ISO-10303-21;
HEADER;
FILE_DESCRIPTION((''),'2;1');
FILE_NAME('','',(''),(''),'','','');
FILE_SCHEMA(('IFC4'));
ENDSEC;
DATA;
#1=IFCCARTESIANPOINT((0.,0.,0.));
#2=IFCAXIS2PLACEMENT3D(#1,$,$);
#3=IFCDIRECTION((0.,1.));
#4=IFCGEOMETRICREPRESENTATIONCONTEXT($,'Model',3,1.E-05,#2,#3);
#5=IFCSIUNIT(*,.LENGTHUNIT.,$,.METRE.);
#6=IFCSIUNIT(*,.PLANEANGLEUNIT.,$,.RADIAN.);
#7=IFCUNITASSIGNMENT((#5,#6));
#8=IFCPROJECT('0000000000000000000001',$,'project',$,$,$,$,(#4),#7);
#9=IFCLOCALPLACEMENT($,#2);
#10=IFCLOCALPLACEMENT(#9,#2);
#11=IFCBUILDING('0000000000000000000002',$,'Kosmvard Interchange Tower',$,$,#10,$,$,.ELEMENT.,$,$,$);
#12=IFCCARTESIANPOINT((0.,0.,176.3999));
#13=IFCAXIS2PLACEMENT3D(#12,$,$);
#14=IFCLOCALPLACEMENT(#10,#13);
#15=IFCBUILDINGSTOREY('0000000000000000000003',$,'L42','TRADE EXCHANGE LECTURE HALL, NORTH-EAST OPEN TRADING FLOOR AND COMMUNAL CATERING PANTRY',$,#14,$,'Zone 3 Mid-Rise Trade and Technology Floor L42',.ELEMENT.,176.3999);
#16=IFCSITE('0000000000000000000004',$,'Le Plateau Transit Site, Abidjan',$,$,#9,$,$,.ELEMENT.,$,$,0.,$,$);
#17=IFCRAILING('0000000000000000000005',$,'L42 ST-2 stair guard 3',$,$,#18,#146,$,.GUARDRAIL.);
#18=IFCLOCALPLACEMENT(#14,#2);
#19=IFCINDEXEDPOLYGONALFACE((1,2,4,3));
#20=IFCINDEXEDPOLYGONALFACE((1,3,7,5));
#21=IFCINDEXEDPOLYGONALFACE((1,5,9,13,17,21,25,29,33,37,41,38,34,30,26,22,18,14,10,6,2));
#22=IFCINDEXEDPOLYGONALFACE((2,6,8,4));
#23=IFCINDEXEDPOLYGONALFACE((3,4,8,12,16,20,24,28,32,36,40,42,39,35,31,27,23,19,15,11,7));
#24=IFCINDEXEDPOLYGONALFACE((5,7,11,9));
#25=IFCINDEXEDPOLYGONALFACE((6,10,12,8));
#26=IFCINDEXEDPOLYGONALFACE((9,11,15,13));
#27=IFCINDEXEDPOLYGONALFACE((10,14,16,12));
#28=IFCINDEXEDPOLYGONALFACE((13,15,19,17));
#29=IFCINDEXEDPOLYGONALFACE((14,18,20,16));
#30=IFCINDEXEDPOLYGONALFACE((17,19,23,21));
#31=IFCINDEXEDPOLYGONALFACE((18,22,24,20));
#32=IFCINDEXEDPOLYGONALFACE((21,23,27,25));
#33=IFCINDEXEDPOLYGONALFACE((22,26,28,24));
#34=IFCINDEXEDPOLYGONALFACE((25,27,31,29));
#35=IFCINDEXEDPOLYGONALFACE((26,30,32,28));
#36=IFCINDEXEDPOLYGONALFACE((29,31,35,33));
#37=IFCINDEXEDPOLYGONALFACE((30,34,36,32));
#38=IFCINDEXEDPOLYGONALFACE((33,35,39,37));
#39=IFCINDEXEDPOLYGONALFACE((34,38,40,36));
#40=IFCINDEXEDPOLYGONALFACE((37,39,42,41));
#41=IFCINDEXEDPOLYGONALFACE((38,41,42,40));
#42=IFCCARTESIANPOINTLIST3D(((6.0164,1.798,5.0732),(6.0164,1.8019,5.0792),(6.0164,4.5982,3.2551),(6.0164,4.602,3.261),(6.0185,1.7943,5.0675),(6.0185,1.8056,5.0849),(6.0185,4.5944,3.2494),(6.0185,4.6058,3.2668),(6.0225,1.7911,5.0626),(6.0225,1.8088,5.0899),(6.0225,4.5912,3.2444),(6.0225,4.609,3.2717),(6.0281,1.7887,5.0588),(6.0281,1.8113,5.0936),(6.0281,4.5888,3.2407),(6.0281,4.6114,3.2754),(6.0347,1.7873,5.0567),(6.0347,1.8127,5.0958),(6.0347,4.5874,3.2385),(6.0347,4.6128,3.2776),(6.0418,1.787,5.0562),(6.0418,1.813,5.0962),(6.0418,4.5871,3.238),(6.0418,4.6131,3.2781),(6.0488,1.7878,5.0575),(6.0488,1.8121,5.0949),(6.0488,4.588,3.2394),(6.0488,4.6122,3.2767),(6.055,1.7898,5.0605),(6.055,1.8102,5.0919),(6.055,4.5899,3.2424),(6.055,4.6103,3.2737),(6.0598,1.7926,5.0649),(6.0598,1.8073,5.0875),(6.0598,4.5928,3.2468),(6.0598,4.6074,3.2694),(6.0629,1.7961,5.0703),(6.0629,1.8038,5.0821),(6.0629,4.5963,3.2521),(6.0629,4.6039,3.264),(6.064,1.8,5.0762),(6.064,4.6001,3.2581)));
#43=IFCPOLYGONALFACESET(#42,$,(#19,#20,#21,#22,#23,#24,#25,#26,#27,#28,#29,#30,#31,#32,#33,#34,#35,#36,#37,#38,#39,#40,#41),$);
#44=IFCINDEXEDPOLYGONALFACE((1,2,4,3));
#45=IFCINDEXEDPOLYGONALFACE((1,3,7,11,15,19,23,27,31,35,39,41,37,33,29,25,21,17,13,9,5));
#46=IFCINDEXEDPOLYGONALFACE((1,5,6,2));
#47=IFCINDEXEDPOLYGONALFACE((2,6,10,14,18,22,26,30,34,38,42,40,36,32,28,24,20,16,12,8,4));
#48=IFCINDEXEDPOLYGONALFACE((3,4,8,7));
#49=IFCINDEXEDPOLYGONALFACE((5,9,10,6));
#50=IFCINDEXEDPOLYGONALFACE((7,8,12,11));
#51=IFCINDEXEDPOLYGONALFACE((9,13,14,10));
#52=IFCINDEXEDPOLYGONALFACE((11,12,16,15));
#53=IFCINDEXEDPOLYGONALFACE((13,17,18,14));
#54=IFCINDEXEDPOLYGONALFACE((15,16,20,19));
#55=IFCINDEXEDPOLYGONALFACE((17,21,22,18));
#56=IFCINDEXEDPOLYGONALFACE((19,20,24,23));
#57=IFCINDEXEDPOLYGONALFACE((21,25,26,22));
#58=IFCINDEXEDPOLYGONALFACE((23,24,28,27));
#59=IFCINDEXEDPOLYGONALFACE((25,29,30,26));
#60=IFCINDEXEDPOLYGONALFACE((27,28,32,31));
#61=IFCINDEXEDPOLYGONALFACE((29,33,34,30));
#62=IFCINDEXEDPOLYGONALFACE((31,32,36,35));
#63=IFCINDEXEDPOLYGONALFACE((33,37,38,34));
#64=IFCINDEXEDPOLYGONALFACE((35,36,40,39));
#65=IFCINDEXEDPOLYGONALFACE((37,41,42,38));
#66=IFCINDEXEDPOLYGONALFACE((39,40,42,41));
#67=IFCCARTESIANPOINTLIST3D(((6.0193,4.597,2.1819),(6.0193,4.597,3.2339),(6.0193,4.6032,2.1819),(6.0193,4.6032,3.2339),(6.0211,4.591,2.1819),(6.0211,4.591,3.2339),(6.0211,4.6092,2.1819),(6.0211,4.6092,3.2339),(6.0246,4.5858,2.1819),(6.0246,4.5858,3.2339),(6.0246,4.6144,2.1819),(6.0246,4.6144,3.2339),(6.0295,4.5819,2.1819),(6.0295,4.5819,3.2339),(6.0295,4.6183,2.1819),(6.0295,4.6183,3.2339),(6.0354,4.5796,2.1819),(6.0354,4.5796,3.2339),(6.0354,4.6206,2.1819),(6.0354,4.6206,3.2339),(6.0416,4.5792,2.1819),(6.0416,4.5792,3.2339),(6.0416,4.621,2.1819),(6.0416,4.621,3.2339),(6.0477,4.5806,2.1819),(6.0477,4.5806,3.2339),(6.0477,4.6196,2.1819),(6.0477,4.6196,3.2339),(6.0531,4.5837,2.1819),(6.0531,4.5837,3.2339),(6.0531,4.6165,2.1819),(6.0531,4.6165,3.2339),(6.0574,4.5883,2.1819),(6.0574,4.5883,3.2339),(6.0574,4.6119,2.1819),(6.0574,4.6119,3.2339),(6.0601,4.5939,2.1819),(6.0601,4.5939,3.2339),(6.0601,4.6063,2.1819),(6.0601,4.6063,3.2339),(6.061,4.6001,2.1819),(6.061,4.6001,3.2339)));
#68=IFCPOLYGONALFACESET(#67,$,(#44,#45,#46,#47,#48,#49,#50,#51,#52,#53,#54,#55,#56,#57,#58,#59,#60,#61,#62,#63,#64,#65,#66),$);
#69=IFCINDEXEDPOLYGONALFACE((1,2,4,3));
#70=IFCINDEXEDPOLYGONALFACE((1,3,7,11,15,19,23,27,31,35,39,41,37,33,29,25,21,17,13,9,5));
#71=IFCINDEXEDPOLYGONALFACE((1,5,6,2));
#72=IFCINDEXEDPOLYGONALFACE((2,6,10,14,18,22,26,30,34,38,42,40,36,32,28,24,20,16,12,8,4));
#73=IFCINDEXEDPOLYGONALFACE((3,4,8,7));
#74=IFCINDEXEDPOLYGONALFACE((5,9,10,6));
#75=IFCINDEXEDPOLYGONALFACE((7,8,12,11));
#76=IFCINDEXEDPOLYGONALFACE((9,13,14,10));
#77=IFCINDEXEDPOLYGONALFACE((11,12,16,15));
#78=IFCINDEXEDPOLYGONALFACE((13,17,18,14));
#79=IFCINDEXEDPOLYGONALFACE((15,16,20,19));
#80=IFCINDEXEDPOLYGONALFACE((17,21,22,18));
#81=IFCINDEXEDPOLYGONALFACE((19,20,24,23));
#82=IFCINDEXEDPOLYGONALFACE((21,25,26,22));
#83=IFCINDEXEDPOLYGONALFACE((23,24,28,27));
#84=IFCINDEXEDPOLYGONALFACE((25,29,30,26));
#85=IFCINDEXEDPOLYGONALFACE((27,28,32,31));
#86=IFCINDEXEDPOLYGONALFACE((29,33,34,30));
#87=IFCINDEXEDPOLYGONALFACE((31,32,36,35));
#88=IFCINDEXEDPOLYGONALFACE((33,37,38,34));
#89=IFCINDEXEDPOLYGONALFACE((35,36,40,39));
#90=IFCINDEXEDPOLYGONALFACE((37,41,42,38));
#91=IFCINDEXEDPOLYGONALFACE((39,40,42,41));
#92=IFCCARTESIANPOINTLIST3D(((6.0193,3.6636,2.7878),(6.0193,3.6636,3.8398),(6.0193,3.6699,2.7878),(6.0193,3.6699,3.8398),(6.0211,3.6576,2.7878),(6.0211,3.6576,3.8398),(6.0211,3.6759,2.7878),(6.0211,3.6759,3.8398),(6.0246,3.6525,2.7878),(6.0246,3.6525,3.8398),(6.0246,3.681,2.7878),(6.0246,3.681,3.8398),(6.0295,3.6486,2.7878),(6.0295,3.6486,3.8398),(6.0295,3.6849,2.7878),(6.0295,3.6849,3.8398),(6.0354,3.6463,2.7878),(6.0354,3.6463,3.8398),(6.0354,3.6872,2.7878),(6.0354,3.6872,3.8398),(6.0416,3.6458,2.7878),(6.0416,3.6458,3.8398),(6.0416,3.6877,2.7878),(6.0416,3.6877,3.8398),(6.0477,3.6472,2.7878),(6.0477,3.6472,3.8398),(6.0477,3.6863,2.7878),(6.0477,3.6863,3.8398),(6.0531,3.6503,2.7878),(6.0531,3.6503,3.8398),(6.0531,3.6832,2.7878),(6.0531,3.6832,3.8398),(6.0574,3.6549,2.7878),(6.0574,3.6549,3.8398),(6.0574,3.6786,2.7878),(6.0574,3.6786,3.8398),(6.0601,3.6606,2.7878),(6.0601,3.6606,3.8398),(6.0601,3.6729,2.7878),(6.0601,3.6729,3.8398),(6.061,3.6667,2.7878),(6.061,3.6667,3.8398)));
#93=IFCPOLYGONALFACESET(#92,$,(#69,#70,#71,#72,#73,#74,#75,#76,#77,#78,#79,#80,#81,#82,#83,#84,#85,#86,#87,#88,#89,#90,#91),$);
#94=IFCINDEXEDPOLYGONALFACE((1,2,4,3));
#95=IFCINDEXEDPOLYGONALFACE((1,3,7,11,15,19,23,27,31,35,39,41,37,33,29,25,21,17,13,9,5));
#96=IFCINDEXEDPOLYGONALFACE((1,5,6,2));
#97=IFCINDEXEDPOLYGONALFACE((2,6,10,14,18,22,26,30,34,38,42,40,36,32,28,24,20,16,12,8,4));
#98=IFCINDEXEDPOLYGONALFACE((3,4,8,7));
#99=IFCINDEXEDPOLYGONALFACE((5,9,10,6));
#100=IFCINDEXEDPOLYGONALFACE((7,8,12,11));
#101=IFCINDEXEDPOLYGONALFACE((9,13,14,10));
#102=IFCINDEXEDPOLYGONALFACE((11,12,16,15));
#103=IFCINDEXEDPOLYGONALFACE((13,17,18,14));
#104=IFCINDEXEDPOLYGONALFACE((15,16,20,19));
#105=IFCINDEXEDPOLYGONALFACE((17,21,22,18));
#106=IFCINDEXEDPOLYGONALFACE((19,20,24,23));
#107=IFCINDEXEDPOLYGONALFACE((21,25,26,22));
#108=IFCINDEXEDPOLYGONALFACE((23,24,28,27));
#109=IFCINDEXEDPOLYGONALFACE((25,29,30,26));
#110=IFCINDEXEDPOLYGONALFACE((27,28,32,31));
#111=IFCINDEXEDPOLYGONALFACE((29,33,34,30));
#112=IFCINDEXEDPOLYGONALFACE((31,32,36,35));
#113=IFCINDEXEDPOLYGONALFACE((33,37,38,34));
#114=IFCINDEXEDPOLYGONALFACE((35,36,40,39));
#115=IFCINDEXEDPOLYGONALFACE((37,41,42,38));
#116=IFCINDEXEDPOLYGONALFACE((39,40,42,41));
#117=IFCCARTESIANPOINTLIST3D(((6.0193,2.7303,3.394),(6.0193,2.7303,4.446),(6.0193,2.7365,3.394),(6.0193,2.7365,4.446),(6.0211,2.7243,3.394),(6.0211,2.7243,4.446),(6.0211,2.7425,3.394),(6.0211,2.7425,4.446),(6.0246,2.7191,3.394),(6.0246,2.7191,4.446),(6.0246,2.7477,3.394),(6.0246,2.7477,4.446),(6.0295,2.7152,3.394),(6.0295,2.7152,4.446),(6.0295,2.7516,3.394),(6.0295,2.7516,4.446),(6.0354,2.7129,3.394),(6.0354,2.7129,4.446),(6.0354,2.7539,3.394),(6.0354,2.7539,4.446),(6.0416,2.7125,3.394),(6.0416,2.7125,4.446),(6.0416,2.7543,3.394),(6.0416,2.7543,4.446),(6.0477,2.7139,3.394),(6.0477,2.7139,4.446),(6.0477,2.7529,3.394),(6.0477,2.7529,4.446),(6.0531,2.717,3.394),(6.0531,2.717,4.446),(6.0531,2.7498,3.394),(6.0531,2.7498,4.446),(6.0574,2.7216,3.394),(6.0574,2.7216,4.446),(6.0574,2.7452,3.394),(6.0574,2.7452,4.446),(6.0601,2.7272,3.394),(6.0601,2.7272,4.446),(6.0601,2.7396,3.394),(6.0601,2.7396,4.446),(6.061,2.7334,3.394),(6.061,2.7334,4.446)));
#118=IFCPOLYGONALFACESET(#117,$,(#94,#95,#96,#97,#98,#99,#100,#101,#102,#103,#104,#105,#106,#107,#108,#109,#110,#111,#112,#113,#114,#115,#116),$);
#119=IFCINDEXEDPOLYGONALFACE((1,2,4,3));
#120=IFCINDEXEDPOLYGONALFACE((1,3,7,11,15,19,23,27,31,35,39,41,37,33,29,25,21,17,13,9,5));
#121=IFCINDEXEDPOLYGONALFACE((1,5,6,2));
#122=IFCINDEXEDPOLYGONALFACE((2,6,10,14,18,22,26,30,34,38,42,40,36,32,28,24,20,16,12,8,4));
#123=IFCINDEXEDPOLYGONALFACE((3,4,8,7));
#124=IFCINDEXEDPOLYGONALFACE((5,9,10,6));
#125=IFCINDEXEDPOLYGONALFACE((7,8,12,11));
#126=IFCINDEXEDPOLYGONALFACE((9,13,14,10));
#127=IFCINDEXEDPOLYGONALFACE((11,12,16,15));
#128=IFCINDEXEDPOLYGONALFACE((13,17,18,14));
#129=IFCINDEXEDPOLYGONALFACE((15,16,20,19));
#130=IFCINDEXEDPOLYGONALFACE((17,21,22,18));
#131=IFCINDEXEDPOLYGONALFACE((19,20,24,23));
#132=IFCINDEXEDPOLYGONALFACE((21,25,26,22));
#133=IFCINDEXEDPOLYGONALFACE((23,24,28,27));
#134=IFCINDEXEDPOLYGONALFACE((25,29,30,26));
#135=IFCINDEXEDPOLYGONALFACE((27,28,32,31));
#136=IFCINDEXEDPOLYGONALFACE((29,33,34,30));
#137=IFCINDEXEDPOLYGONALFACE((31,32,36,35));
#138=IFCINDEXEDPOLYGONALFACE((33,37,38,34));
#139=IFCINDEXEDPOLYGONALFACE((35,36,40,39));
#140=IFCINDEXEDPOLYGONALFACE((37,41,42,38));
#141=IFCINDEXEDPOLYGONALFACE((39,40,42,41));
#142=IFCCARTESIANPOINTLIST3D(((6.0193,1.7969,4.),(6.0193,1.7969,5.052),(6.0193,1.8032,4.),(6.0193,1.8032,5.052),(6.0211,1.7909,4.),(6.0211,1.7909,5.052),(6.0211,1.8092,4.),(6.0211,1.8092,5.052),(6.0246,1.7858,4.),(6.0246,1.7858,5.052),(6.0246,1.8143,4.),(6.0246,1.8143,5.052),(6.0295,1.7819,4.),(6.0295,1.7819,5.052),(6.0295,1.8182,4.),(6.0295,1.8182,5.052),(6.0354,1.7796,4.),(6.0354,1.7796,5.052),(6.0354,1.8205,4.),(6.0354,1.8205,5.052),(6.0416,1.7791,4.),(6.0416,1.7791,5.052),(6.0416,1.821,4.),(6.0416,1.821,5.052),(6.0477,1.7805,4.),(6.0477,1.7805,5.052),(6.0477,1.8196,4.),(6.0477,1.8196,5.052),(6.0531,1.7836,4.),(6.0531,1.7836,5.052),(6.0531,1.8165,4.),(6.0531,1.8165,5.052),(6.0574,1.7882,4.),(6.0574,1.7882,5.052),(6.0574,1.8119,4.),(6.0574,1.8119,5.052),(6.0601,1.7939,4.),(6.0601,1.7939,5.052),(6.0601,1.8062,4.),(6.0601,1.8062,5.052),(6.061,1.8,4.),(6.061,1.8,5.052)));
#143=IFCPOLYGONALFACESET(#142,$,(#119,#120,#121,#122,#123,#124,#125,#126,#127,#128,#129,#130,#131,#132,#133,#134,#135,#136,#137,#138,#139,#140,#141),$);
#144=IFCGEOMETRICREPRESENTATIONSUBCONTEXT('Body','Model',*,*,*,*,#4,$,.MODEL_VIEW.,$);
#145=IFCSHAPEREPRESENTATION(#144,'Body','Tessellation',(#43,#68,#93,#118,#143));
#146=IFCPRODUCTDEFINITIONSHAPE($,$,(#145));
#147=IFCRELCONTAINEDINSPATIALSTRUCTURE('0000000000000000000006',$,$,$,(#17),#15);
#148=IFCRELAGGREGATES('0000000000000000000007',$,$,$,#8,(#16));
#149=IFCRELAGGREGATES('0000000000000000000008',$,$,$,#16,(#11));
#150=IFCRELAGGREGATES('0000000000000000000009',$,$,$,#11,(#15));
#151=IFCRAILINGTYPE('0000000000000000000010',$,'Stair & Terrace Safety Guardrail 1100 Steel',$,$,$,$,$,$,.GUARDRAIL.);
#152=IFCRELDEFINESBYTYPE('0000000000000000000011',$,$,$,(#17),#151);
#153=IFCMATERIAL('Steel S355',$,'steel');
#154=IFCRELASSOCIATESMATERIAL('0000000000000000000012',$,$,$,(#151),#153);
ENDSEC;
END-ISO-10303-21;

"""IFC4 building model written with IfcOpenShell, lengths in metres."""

from ifc_helpers import new_model, si_unit, direction, frame, origin, origin_2d, place, context, subcontext, project, spatial, circle, extrude, source, transform, mapped, material, type_object, element, save


model = new_model("IFC4")

# Units and contexts
model_context = context("Model", 3, precision=1e-05, world=origin(), true_north=direction((0.0, 1.0)))
body_context = subcontext(model_context, "Body", "Model", "MODEL_VIEW")
ifc_project = project(units=[si_unit("LENGTHUNIT", "METRE"), si_unit("PLANEANGLEUNIT", "RADIAN")], contexts=[model_context])

# Site, building, storey
site_placement = place(None, origin())
site = spatial("IfcSite", under=ifc_project, at=site_placement, Name="Le Plateau Transit Site, Abidjan", CompositionType="ELEMENT", RefElevation=0.0)
building_placement = place(site_placement, origin())
building = spatial("IfcBuilding", under=site, at=building_placement, Name="Kosmvard Interchange Tower", CompositionType="ELEMENT")
storey_placement = place(building_placement, frame((0.0, 0.0, 176.3999)))
storey = spatial("IfcBuildingStorey", under=building, at=storey_placement, Name="L42", Description="TRADE EXCHANGE LECTURE HALL, NORTH-EAST OPEN TRADING FLOOR AND COMMUNAL CATERING PANTRY", LongName="Zone 3 Mid-Rise Trade and Technology Floor L42", CompositionType="ELEMENT", Elevation=176.3999)

# Railing
ifc_material_1 = material(Name="Steel S355", Category="steel")
railing_type_1 = type_object("IfcRailingType", Name="Stair & Terrace Safety Guardrail 1100 Steel", PredefinedType="GUARDRAIL", material=ifc_material_1)
shared_shape_1 = source(origin(), body_context, "Body", "SweptSolid", [
    extrude(circle(Radius=0.0239, at=origin_2d()), frame((0.0, 0.0, 1.0762), z_axis=(0.0, -0.838706, 0.544585), x_axis=(1.0, 0.0, 0.0)), (0.0, 0.0, 1.0), 3.3386),
    extrude(circle(Radius=0.021, at=origin_2d()), origin(), (0.0, 0.0, 1.0), 1.052),
    extrude(circle(Radius=0.021, at=origin_2d()), frame((0.0, -0.9333, 0.606)), (0.0, 0.0, 1.0), 1.052),
    extrude(circle(Radius=0.021, at=origin_2d()), frame((0.0, -1.8667, 1.2122)), (0.0, 0.0, 1.0), 1.052),
    extrude(circle(Radius=0.021, at=origin_2d()), frame((0.0, -2.8, 1.8181)), (0.0, 0.0, 1.0), 1.052),
])
railing_1_placement = place(storey_placement, frame((6.04, 4.6001, 2.1819)))
element("IfcRailing", 1, at=railing_1_placement, inside=storey, type_object=railing_type_1, Name="L42 ST-2 stair guard 3", PredefinedType="GUARDRAIL", context=body_context, shape_type="MappedRepresentation", body=[
    mapped(shared_shape_1, transform((0.0, 0.0, 0.0), scale=1.0)),
])

save(model, "model.ifc")
